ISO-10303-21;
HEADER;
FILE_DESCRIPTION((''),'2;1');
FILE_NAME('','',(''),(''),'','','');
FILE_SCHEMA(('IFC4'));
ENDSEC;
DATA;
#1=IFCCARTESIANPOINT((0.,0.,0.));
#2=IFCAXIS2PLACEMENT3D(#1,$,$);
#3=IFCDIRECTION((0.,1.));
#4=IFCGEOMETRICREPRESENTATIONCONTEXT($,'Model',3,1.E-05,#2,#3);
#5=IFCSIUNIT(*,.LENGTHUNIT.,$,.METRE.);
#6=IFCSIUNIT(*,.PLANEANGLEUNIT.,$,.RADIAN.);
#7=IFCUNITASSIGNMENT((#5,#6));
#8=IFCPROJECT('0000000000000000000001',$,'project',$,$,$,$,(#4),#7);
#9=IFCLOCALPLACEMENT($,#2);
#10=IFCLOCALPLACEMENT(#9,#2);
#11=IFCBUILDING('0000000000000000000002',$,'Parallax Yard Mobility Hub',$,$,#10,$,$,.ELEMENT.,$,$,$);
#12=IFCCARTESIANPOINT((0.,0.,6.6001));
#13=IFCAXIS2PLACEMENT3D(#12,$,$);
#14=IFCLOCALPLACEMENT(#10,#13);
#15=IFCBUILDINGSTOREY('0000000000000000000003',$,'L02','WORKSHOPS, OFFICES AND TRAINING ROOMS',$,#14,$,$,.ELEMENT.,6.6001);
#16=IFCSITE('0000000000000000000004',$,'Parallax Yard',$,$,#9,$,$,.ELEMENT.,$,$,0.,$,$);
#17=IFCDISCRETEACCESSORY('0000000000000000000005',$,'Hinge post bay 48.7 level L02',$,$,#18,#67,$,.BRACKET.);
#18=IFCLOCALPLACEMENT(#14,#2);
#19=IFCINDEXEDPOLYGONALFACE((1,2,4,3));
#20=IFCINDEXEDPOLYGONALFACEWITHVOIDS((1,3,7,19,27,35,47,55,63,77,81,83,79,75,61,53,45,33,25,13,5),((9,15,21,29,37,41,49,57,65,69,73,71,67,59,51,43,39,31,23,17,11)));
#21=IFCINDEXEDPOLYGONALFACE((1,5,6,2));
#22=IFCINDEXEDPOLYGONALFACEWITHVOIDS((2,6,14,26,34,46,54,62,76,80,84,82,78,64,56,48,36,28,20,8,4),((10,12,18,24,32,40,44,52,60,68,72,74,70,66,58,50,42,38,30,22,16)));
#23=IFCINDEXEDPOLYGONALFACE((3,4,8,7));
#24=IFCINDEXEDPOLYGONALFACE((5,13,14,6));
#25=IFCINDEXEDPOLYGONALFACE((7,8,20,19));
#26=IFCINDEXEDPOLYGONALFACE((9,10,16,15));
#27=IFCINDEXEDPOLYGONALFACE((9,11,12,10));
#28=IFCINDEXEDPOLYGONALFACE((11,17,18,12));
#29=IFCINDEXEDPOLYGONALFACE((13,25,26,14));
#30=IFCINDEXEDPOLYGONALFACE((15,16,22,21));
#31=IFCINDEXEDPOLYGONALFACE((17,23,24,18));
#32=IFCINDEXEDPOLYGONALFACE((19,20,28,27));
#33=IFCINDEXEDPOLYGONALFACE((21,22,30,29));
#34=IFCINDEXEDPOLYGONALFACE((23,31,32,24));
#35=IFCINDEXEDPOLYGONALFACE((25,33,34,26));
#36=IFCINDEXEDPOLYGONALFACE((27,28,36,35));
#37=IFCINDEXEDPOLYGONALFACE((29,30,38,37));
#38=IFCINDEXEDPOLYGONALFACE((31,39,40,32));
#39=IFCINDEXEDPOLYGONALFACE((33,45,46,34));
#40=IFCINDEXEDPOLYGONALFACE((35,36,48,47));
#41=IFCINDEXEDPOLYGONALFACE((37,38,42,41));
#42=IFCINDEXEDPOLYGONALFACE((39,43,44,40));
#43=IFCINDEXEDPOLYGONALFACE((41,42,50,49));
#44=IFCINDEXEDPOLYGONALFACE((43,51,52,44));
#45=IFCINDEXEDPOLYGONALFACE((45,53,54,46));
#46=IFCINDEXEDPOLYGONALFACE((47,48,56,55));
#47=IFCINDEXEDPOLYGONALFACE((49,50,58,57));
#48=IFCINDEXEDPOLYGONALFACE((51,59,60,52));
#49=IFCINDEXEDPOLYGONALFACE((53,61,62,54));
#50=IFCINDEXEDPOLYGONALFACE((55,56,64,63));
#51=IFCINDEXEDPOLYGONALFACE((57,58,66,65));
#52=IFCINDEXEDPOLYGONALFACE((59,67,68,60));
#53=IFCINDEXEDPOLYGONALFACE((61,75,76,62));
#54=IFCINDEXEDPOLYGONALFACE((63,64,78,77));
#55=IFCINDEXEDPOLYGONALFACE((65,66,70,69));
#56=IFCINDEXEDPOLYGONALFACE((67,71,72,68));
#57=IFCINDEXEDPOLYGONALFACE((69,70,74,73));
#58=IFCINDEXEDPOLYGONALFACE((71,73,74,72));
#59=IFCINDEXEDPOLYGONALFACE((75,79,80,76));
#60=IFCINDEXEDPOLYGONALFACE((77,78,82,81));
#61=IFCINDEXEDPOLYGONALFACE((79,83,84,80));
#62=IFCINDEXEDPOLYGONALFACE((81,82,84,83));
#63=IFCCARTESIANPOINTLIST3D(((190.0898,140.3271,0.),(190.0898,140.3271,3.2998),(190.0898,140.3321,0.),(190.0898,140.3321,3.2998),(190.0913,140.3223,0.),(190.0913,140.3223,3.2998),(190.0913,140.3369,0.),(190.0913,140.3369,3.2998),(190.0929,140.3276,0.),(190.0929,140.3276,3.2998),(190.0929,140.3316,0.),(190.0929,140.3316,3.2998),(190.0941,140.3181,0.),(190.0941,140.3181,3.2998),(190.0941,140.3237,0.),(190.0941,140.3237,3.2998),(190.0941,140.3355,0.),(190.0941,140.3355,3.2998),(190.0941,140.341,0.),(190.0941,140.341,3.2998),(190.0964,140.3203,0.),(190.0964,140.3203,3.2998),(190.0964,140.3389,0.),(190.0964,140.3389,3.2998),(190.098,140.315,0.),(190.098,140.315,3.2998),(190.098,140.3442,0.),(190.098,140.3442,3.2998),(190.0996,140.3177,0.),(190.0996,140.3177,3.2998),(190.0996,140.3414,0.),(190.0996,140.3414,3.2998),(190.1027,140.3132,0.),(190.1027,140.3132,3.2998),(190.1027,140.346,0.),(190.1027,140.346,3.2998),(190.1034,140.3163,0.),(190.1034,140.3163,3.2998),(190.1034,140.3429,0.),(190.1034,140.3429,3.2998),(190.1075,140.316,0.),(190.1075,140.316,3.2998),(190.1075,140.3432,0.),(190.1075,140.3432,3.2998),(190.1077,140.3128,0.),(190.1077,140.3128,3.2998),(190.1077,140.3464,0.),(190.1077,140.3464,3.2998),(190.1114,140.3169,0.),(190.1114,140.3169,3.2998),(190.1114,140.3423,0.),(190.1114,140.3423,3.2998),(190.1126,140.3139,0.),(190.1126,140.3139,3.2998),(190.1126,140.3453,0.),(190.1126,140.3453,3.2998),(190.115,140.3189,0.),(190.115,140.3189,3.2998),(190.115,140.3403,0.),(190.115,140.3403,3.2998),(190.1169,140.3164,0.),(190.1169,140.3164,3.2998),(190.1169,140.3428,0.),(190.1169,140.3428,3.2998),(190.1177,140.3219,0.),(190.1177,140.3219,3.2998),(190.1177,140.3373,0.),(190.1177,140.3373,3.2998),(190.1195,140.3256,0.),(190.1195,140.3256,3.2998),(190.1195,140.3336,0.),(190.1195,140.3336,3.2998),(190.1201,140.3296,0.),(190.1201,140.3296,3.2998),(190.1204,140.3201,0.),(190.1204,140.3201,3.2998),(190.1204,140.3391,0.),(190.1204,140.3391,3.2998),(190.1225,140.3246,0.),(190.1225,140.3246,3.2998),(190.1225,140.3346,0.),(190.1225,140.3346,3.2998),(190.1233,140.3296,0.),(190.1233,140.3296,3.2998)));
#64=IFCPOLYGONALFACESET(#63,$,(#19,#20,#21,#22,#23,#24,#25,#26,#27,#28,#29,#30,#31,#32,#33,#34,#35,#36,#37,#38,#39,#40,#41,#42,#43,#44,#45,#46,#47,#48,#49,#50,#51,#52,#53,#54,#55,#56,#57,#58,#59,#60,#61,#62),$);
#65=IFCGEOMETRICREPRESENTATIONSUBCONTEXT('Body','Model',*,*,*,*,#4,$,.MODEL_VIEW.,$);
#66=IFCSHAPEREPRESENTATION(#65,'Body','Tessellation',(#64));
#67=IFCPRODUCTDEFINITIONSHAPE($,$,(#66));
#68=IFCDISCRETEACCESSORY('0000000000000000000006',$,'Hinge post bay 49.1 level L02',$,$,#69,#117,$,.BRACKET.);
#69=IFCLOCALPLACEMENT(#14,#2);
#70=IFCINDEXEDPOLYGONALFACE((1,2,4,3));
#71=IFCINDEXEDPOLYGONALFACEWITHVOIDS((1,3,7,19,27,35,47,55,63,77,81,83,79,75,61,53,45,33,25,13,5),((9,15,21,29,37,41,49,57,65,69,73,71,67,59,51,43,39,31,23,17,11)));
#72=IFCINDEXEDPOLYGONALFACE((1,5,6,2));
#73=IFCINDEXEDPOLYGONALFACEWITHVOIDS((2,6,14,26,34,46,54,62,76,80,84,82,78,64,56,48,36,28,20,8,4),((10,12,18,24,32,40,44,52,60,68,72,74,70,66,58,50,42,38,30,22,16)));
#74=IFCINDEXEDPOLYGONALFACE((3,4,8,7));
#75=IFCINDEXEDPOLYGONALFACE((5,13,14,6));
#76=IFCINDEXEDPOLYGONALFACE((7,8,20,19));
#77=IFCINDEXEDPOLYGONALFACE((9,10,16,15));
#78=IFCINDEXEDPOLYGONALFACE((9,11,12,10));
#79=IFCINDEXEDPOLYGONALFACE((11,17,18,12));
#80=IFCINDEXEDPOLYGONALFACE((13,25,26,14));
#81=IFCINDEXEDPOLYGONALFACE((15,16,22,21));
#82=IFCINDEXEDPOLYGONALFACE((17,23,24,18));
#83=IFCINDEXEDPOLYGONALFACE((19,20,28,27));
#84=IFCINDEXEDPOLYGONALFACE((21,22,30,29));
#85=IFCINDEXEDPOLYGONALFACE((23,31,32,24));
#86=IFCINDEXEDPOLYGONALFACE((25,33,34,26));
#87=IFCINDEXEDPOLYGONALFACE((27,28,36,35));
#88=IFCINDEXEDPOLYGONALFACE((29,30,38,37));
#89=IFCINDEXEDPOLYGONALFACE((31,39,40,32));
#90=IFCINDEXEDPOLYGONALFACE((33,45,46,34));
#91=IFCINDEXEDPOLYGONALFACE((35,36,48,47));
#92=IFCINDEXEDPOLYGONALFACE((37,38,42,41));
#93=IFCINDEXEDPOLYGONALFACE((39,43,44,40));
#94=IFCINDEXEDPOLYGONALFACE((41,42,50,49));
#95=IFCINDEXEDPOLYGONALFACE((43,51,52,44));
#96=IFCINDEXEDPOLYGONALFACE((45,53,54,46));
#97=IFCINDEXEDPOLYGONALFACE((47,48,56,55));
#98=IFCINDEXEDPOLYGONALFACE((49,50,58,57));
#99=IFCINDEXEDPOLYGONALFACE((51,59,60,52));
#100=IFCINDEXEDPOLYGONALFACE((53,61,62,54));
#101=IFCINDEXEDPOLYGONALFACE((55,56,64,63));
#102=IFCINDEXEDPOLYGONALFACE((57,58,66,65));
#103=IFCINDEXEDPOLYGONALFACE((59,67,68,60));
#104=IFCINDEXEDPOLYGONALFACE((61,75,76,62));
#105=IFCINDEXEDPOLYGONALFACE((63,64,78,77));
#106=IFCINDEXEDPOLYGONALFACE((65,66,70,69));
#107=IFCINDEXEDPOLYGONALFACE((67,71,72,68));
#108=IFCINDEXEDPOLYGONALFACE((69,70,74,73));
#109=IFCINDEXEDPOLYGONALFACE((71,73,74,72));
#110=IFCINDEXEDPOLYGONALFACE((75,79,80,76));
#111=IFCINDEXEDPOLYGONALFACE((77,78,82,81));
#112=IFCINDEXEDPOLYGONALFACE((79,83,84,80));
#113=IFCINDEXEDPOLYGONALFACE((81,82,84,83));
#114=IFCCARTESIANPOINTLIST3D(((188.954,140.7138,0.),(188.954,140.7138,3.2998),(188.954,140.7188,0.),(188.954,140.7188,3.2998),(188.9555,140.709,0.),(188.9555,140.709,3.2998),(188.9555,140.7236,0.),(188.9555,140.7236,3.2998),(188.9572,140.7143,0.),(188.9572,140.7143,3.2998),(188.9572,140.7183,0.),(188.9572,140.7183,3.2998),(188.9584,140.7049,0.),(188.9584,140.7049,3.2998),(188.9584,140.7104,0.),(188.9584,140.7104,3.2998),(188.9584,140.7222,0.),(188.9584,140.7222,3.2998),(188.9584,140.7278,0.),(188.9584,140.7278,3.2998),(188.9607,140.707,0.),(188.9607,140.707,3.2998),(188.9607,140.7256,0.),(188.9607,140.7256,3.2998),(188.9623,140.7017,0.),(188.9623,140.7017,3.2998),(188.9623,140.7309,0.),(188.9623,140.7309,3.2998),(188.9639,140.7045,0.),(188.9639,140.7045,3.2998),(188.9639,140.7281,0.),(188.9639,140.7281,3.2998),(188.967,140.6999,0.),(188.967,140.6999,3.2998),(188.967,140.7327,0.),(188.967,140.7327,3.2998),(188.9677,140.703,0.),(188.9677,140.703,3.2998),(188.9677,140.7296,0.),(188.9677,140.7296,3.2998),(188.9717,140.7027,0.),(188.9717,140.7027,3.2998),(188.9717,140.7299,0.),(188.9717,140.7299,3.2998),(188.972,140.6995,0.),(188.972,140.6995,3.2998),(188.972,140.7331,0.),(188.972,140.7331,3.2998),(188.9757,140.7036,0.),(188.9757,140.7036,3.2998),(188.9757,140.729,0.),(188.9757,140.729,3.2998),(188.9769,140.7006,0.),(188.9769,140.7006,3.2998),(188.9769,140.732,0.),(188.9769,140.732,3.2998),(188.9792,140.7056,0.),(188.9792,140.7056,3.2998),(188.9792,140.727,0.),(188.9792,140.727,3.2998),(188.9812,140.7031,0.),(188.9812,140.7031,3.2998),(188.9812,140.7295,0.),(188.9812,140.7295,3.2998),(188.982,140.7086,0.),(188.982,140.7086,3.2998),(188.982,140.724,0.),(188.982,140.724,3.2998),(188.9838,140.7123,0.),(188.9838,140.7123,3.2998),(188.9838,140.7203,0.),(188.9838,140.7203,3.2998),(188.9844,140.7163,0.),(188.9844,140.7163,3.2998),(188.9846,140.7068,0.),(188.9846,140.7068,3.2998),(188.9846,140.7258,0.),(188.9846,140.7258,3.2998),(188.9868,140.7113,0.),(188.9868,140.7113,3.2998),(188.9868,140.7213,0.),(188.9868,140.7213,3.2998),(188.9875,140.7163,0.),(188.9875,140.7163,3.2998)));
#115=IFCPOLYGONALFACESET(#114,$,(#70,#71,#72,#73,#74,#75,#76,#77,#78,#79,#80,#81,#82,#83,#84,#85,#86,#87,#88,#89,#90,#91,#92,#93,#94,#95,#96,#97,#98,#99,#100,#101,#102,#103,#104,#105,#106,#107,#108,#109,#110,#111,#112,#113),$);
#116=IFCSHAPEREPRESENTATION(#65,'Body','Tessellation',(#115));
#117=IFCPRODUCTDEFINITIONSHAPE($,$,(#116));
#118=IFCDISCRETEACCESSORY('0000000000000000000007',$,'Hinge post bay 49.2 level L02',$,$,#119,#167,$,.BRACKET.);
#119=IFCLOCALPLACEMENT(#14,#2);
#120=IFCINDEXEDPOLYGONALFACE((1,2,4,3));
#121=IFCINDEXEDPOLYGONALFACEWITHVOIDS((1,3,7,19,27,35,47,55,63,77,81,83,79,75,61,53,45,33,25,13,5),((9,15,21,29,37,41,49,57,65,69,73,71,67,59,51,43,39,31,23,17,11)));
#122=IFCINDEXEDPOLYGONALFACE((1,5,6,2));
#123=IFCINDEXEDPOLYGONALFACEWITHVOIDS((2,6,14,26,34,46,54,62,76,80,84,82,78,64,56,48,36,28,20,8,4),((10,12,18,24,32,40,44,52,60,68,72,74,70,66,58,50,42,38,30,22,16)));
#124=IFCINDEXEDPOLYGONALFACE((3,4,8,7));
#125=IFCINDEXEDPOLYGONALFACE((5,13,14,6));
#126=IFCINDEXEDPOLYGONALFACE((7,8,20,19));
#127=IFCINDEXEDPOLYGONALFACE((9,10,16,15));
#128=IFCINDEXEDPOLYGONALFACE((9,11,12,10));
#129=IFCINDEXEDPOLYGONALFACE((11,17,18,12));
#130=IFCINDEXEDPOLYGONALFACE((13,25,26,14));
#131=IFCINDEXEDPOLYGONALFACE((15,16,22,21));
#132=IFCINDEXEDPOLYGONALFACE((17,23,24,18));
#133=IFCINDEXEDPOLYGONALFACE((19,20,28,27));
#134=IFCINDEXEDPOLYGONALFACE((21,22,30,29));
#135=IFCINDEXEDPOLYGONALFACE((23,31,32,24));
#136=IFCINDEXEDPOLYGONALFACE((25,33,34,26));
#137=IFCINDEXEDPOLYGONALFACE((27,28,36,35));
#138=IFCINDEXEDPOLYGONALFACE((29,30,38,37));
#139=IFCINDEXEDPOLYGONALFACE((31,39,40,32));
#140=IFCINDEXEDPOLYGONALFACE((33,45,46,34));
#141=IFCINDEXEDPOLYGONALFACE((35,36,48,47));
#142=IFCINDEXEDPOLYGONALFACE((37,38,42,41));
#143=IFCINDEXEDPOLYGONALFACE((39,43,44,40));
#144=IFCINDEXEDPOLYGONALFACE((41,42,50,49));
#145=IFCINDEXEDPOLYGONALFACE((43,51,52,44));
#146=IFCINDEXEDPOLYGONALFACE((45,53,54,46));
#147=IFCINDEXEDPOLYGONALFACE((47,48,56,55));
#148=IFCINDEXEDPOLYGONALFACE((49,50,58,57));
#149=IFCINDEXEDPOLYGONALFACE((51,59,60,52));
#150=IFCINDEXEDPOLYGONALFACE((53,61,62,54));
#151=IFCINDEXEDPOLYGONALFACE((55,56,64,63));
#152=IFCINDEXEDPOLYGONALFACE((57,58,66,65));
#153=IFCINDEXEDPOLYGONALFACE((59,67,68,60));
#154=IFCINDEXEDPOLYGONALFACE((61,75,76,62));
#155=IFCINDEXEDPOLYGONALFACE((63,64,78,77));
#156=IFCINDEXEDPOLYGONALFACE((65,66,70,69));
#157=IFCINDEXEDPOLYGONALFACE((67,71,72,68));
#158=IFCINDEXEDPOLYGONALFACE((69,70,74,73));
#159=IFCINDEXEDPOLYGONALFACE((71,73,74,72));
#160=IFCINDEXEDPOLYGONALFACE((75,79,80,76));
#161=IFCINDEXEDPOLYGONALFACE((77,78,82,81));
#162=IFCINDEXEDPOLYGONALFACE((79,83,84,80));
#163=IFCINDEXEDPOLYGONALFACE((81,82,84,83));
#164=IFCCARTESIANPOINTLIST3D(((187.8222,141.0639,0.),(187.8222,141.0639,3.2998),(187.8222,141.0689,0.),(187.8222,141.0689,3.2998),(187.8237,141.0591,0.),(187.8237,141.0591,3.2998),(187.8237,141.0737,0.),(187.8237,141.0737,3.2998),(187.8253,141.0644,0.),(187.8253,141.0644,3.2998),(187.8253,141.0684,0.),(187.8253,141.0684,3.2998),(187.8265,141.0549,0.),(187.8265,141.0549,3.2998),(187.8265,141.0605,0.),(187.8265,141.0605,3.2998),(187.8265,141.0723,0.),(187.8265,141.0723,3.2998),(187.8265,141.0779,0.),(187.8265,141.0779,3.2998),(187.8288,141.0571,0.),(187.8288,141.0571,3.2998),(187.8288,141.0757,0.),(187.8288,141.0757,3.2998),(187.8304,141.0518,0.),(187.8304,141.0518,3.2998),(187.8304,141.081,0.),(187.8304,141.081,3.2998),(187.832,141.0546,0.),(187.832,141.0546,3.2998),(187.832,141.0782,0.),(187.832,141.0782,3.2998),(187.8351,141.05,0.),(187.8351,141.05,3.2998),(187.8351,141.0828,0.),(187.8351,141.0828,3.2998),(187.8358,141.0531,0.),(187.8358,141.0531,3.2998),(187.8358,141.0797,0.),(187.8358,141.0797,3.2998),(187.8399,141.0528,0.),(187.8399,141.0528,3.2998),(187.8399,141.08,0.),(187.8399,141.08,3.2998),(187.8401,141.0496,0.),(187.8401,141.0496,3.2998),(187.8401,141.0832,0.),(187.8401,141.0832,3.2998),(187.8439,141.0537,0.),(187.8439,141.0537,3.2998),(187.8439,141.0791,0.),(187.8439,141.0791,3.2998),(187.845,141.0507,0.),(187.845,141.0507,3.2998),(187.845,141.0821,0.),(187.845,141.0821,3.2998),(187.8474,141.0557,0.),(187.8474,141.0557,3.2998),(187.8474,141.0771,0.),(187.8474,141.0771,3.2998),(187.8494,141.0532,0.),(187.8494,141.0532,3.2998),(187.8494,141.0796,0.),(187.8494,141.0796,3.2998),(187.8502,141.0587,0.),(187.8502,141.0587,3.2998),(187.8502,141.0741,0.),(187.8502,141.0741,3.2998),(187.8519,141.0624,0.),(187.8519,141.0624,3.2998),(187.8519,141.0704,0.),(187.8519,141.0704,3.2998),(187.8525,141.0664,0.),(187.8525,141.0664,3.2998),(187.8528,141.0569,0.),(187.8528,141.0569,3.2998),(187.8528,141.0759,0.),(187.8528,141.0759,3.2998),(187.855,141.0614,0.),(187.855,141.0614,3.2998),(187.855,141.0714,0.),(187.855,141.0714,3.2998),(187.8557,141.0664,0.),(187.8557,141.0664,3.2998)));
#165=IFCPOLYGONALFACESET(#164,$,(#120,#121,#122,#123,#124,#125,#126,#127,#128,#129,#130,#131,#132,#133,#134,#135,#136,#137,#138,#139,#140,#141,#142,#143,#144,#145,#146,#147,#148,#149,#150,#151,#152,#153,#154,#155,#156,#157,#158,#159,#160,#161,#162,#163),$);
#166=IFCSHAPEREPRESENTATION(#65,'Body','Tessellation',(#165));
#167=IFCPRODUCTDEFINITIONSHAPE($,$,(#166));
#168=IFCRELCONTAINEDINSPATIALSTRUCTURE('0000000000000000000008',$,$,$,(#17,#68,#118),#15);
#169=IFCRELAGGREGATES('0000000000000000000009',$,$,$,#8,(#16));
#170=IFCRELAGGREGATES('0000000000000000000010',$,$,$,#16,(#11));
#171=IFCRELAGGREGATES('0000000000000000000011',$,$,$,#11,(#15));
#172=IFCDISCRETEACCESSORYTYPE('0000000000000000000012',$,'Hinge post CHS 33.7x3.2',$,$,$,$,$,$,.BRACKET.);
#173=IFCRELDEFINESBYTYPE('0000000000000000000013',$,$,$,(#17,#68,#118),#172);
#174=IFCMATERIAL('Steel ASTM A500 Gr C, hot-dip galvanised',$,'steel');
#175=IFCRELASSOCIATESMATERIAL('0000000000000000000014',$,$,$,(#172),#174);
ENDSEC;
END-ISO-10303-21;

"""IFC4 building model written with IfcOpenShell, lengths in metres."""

from ifc_helpers import new_model, si_unit, direction, frame, origin, origin_2d, place, context, subcontext, project, spatial, hollow_circle, extrude, material, material_profile, profile_set, type_object, element, save


model = new_model("IFC4")

# Units and contexts
model_context = context("Model", 3, precision=1e-05, world=origin(), true_north=direction((0.0, 1.0)))
body_context = subcontext(model_context, "Body", "Model", "MODEL_VIEW")
ifc_project = project(units=[si_unit("LENGTHUNIT", "METRE"), si_unit("PLANEANGLEUNIT", "RADIAN")], contexts=[model_context])

# Site, building, storey
site_placement = place(None, origin())
site = spatial("IfcSite", under=ifc_project, at=site_placement, Name="Parallax Yard", CompositionType="ELEMENT", RefElevation=0.0)
building_placement = place(site_placement, origin())
building = spatial("IfcBuilding", under=site, at=building_placement, Name="Parallax Yard Mobility Hub", CompositionType="ELEMENT")
storey_placement = place(building_placement, frame((0.0, 0.0, 6.6001)))
storey = spatial("IfcBuildingStorey", under=building, at=storey_placement, Name="L02", Description="WORKSHOPS, OFFICES AND TRAINING ROOMS", CompositionType="ELEMENT", Elevation=6.6001)

# Discrete accessories
ifc_material_1 = material(Name="Steel ASTM A500 Gr C, hot-dip galvanised", Category="steel")
ifc_material_profile_1 = material_profile(ifc_material_1, hollow_circle(Radius=0.0168, WallThickness=0.0032, at=origin_2d()), Name="CHS 33.7x3.2")
ifc_profile_set_1 = profile_set([ifc_material_profile_1], Name="Steel ASTM A500 Gr C, hot-dip galvanised")
discrete_accessory_type_1 = type_object("IfcDiscreteAccessoryType", Name="Hinge post CHS 33.7x3.2", PredefinedType="BRACKET", material=ifc_profile_set_1)
for number, where, z_axis, x_axis, name in (
    (1, (190.1064, 140.3296, 0.0), (0.0, 0.0, 1.0), (1.0, 0.0, 0.0), "Hinge post bay 48.7 level L02"),
    (2, (188.9707, 140.7163, 0.0), (0.0, 0.0, 1.0), (1.0, 0.0, 0.0), "Hinge post bay 49.1 level L02"),
    (3, (187.8389, 141.0664, 0.0), (0.0, 0.0, 1.0), (1.0, 0.0, 0.0), "Hinge post bay 49.2 level L02"),
):
    element("IfcDiscreteAccessory", number, at=place(storey_placement, frame(where, z_axis=z_axis, x_axis=x_axis)), inside=storey, type_object=discrete_accessory_type_1, Name=name, PredefinedType="BRACKET", context=body_context, shape_type="SweptSolid", body=[
        extrude(hollow_circle(Radius=0.0168, WallThickness=0.0032, at=origin_2d()), origin(), (0.0, 0.0, 1.0), 3.2998),
    ])

save(model, "model.ifc")
